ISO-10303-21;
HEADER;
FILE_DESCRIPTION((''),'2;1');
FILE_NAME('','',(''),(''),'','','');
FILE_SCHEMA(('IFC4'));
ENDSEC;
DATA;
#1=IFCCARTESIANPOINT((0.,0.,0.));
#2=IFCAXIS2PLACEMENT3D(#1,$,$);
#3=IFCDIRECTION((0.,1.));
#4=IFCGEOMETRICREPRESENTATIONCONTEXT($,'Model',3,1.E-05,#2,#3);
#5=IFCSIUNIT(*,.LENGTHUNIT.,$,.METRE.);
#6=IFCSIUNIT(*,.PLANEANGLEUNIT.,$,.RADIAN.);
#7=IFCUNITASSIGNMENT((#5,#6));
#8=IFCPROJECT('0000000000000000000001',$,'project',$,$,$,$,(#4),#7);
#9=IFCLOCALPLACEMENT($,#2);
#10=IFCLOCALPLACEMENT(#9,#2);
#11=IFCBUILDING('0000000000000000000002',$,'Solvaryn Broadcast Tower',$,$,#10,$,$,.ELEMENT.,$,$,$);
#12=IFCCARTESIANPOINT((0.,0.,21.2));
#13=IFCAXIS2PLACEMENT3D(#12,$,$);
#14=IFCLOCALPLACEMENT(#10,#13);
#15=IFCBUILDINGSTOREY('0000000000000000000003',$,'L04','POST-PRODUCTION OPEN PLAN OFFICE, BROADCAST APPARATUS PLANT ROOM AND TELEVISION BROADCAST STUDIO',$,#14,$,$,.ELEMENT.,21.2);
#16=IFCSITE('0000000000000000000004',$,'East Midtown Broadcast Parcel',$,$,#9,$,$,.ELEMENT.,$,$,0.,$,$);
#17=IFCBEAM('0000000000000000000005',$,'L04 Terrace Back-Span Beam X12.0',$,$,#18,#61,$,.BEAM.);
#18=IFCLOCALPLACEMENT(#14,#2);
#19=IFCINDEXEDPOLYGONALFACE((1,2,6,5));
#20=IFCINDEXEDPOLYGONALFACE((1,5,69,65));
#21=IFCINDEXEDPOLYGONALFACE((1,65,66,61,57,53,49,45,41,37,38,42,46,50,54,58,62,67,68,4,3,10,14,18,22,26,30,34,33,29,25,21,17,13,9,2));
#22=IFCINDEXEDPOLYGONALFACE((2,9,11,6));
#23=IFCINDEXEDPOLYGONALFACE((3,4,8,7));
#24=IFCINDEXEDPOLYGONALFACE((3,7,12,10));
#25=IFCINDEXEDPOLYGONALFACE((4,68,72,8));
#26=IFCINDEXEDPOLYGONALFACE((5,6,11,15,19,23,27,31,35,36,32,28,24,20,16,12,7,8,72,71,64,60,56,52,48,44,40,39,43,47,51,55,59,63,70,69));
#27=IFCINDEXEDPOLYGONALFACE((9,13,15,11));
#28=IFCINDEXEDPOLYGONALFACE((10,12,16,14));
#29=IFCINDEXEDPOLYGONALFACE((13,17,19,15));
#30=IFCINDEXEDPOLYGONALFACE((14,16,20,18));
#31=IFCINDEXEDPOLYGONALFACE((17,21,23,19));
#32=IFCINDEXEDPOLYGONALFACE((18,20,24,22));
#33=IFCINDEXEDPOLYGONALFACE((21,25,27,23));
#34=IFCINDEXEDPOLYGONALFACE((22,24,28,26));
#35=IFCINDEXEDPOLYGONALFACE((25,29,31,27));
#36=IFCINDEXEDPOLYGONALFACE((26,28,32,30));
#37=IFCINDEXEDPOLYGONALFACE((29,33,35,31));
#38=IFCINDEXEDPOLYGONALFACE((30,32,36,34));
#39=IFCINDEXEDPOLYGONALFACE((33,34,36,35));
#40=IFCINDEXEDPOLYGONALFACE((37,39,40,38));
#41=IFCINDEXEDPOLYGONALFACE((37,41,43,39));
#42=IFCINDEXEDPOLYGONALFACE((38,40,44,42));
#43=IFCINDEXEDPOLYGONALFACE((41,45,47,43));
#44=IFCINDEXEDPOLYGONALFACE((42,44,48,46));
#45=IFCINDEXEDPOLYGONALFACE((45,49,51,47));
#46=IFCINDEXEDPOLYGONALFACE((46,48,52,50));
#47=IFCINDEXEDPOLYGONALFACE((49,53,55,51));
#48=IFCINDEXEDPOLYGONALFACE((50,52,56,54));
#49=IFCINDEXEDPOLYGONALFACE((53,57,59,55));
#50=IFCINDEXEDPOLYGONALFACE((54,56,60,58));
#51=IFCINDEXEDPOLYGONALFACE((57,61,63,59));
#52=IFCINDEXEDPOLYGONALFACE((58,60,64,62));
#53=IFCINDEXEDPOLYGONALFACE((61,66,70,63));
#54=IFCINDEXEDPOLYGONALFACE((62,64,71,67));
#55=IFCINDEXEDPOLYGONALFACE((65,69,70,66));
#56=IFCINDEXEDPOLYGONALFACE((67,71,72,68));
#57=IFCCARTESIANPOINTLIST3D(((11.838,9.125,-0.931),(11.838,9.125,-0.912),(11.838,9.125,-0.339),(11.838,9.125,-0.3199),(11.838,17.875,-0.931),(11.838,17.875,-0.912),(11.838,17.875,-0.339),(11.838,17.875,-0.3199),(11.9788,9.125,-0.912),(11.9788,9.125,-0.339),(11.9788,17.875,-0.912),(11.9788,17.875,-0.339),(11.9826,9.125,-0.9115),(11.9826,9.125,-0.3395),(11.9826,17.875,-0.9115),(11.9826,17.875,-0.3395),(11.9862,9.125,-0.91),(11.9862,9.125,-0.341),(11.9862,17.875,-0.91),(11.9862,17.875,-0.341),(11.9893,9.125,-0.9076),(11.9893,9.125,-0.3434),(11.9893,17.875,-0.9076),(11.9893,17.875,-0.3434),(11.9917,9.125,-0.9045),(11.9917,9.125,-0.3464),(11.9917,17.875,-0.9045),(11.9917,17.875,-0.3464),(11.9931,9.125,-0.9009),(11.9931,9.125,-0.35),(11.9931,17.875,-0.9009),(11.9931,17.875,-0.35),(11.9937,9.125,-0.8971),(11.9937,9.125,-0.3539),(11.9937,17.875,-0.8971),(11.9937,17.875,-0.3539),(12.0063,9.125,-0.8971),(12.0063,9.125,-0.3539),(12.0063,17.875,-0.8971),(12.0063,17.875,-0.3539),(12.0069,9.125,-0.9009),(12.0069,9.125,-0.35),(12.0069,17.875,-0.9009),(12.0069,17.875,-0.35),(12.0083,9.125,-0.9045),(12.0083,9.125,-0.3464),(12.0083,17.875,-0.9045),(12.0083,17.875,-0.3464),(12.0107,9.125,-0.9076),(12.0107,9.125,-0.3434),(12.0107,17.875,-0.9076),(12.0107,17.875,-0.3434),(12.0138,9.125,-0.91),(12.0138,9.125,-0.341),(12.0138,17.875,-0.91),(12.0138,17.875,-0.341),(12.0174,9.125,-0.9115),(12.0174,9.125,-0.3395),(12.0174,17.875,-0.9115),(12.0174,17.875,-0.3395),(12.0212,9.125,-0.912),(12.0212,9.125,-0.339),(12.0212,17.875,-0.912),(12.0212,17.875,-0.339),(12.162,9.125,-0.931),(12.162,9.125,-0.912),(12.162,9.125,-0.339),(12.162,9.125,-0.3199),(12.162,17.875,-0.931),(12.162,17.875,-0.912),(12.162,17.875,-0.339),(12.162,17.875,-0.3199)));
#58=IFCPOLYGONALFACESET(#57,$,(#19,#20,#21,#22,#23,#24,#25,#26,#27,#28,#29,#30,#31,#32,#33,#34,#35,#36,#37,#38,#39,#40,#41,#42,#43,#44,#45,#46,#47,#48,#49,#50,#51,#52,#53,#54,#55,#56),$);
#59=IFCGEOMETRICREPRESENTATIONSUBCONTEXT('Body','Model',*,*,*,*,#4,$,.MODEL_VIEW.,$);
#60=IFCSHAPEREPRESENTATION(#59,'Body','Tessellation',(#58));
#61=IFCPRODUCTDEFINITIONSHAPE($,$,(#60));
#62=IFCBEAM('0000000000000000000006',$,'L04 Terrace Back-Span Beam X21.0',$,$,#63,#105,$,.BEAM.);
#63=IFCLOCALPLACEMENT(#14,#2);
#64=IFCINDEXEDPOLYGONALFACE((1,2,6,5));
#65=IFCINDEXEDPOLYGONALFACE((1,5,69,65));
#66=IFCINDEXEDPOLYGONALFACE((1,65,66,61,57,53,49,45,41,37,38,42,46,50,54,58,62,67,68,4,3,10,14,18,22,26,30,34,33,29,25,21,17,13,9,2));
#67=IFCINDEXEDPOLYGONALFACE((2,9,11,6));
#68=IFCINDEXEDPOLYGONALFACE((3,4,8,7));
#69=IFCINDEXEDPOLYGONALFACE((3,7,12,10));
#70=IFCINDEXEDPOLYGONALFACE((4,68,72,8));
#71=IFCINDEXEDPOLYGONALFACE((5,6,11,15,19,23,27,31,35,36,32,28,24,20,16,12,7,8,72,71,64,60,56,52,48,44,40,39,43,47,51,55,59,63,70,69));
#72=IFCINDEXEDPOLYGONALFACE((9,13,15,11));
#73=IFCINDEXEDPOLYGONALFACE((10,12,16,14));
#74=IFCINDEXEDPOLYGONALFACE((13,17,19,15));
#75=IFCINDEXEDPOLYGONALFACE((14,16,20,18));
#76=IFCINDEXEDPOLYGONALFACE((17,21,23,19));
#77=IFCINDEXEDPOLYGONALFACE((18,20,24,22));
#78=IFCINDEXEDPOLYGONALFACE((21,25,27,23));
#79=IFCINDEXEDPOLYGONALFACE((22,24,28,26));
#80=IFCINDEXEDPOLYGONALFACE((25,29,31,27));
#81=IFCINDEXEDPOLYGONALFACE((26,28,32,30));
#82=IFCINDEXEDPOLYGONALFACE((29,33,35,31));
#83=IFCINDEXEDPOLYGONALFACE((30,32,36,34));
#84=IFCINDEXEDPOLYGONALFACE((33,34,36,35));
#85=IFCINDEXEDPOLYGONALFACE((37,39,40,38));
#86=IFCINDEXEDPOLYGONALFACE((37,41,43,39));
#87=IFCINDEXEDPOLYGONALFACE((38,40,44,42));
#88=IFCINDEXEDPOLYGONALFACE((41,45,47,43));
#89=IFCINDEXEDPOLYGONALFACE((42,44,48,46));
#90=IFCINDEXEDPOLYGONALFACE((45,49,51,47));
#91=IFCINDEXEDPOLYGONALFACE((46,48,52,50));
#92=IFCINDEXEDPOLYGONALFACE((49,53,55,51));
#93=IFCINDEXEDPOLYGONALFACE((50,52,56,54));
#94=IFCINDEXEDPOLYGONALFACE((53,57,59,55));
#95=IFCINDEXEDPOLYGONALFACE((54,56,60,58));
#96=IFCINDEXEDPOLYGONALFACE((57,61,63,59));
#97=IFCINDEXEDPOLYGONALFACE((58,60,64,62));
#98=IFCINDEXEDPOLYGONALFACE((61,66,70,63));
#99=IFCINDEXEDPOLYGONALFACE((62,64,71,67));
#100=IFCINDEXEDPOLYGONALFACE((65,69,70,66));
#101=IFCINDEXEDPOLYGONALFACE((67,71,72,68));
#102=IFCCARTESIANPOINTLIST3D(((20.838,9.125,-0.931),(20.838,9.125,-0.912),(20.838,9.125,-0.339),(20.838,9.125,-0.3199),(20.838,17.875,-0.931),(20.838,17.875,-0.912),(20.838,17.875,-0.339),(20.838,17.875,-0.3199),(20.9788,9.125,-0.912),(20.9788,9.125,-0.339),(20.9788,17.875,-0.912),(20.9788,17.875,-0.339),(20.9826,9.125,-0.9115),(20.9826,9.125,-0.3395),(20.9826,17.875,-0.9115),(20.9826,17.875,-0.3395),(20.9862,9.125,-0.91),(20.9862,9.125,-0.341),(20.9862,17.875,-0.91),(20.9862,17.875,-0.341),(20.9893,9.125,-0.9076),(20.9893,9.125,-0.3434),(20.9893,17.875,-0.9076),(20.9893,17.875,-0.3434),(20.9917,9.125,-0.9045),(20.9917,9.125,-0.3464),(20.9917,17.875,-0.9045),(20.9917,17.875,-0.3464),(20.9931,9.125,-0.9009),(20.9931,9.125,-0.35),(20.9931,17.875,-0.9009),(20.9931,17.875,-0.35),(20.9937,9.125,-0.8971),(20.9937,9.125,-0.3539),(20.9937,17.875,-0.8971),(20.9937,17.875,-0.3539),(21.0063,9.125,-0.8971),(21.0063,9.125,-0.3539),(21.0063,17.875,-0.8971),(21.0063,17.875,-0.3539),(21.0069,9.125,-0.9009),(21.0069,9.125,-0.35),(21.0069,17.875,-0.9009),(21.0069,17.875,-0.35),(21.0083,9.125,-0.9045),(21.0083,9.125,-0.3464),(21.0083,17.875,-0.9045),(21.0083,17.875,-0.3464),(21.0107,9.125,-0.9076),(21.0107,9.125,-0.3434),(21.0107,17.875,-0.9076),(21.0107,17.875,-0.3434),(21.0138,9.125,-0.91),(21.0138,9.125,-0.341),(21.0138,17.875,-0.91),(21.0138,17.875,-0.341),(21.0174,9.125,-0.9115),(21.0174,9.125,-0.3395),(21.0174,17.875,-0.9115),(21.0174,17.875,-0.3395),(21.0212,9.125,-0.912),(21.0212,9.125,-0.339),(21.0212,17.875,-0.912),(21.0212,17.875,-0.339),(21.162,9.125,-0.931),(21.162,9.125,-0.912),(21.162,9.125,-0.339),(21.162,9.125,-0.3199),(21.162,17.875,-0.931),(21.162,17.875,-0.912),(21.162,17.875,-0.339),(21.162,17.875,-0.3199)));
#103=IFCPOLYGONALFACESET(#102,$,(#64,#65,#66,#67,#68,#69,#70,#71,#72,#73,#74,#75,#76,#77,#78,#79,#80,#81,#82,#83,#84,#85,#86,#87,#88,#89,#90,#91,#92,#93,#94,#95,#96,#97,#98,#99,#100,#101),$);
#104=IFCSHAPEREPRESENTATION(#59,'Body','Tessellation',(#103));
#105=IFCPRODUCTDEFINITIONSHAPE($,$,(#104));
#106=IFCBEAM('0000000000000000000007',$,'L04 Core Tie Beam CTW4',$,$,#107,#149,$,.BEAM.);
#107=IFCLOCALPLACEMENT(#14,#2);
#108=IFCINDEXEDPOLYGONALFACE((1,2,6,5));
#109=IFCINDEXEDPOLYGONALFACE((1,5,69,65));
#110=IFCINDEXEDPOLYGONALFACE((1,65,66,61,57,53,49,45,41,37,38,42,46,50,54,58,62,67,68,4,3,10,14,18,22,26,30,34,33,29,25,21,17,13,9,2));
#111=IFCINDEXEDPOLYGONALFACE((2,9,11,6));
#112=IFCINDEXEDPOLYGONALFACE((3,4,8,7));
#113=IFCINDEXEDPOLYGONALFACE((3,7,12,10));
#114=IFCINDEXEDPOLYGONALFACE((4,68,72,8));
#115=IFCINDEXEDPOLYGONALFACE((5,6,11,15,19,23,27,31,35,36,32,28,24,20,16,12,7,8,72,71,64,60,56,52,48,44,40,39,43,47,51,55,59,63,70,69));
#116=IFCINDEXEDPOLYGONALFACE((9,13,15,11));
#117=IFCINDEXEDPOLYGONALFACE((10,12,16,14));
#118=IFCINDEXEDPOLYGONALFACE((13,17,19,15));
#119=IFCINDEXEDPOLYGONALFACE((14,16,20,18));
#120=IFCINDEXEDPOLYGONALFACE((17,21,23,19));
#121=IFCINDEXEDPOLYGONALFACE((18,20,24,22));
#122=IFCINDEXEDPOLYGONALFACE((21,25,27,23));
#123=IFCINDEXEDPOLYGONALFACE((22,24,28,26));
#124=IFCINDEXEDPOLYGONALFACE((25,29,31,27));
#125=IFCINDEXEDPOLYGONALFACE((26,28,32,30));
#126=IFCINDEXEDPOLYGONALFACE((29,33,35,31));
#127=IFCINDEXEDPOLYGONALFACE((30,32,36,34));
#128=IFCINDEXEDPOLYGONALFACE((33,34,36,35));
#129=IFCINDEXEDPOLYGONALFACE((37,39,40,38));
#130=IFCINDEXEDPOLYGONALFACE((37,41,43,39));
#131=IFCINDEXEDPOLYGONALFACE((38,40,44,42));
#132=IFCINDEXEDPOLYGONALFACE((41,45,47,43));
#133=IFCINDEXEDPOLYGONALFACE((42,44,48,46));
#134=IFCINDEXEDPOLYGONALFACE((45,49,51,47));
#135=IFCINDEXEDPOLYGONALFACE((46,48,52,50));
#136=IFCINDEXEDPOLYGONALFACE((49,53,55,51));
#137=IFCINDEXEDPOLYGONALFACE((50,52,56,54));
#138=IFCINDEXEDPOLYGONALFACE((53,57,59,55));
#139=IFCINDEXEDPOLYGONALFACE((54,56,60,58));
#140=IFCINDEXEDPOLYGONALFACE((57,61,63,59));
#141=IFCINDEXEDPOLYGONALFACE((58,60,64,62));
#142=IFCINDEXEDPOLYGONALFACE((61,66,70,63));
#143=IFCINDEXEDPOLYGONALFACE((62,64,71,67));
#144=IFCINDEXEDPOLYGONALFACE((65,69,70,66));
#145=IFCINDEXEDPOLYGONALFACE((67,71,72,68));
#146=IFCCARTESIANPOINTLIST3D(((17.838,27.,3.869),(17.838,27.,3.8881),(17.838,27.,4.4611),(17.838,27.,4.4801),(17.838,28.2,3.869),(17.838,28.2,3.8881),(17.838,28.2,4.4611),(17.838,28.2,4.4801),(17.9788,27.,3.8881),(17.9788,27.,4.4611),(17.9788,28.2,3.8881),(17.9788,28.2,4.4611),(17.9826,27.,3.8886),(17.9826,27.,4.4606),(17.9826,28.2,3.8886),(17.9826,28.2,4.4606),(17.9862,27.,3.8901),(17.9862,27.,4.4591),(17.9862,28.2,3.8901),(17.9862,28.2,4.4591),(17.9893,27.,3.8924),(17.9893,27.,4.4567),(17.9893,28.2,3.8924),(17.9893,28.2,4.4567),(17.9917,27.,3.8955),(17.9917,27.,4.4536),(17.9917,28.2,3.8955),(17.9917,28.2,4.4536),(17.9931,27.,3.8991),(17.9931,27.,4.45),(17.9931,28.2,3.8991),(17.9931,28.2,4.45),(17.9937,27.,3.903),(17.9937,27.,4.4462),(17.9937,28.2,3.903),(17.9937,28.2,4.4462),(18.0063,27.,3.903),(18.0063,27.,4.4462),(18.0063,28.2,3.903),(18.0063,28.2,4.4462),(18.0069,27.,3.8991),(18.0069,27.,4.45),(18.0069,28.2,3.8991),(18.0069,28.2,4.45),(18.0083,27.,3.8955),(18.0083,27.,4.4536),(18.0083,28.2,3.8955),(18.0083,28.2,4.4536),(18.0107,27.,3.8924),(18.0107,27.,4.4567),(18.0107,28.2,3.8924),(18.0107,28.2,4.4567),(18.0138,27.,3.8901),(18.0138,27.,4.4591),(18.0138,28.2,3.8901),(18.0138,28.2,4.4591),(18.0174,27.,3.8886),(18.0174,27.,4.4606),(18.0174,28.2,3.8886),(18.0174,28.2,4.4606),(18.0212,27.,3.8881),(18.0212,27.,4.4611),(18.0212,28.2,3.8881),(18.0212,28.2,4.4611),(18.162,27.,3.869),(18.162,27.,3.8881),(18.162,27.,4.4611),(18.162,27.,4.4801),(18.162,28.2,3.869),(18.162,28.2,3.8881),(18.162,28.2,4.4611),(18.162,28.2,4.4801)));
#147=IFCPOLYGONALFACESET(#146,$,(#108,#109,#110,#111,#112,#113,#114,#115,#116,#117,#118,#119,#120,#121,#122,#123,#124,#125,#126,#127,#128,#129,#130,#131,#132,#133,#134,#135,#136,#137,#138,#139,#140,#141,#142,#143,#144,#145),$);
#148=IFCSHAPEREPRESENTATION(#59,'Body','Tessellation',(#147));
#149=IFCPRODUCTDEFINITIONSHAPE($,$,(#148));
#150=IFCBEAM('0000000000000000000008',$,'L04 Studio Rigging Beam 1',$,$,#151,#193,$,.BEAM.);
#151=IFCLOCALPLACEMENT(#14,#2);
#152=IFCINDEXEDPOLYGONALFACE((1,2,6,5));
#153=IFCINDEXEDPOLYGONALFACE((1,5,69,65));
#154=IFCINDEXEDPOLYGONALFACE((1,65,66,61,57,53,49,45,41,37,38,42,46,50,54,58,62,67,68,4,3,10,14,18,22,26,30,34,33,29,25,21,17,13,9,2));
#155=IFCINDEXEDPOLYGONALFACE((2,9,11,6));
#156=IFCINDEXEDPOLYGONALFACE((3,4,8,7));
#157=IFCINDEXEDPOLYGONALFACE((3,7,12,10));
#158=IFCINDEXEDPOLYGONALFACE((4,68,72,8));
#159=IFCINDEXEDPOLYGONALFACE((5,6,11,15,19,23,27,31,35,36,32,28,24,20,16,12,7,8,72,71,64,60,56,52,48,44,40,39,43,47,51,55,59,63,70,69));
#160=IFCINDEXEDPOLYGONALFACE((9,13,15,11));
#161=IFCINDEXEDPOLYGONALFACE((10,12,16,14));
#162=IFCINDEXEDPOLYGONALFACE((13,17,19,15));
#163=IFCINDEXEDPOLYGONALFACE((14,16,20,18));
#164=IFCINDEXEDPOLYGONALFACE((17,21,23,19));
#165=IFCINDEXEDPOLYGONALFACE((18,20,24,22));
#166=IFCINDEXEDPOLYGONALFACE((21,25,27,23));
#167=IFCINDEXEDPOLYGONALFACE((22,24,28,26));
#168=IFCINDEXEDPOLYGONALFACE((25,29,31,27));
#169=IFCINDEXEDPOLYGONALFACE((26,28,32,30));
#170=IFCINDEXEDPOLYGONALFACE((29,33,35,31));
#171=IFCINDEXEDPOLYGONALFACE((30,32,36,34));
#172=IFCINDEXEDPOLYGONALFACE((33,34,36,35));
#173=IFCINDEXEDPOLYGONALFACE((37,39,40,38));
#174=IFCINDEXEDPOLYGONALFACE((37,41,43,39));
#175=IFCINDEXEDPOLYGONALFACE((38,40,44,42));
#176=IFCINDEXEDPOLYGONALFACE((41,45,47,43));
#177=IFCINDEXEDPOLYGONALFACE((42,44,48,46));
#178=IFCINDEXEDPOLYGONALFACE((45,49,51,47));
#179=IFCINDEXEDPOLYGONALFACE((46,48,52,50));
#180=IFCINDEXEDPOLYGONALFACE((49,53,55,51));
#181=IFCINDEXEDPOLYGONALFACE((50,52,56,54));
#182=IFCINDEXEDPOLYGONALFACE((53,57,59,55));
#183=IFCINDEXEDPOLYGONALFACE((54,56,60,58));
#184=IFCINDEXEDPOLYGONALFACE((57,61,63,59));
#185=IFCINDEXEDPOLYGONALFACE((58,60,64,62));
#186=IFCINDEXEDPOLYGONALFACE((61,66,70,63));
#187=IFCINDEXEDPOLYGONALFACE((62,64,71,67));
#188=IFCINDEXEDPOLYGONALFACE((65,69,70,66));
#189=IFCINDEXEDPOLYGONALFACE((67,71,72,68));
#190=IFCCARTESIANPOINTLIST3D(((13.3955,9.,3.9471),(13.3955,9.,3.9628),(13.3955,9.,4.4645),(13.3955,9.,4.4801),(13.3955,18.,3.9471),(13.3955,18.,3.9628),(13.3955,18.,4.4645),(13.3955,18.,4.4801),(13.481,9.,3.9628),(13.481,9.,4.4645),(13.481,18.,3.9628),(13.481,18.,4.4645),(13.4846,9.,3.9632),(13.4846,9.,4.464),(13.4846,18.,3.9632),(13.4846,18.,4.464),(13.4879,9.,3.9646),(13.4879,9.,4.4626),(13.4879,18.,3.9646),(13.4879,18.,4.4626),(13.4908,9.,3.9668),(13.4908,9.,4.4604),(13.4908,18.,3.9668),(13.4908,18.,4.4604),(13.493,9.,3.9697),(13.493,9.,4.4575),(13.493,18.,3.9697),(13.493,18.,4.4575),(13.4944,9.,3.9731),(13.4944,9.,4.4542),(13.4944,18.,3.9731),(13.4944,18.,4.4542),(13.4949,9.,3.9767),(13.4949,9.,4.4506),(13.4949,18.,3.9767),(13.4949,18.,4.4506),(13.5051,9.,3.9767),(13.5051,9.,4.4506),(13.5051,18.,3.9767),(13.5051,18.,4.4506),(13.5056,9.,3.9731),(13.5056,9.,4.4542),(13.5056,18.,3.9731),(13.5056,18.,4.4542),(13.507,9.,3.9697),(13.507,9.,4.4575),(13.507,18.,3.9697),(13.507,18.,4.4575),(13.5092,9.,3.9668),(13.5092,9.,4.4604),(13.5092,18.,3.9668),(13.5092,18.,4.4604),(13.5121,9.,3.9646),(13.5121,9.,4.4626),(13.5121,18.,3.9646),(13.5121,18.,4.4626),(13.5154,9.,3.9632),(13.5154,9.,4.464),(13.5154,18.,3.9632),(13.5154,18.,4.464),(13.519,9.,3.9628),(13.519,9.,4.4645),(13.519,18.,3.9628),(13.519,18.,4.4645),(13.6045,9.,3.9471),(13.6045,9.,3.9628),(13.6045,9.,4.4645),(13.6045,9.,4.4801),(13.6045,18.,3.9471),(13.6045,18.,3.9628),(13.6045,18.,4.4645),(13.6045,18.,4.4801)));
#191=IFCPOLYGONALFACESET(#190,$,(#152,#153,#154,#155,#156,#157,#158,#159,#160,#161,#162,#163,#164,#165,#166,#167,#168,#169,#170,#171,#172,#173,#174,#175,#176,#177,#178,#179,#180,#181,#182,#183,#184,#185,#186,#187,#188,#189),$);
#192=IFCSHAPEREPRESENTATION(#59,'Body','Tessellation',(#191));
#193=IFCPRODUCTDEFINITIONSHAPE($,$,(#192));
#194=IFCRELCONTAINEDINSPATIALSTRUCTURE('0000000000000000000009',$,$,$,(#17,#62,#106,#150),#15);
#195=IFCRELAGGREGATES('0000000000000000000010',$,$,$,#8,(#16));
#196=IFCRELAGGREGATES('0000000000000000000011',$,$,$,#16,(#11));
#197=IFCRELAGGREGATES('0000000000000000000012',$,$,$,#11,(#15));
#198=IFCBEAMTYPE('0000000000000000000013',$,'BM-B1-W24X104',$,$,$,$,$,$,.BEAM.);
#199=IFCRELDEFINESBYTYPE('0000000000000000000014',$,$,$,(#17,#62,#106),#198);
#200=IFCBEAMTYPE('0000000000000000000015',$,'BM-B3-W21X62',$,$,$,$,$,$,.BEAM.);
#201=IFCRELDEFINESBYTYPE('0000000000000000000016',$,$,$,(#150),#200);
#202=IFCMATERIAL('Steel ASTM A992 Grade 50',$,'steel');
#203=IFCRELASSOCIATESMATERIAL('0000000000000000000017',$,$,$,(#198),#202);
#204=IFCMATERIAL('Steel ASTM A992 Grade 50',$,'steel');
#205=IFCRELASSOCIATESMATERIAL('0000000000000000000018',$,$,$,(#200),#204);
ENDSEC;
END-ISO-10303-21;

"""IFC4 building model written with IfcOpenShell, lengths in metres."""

from ifc_helpers import new_model, si_unit, direction, frame, origin, origin_2d, place, context, subcontext, project, spatial, i_section, extrude, material, material_profile, profile_set, type_object, element, save


model = new_model("IFC4")

# Units and contexts
model_context = context("Model", 3, precision=1e-05, world=origin(), true_north=direction((0.0, 1.0)))
body_context = subcontext(model_context, "Body", "Model", "MODEL_VIEW")
ifc_project = project(units=[si_unit("LENGTHUNIT", "METRE"), si_unit("PLANEANGLEUNIT", "RADIAN")], contexts=[model_context])

# Site, building, storey
site_placement = place(None, origin())
site = spatial("IfcSite", under=ifc_project, at=site_placement, Name="East Midtown Broadcast Parcel", CompositionType="ELEMENT", RefElevation=0.0)
building_placement = place(site_placement, origin())
building = spatial("IfcBuilding", under=site, at=building_placement, Name="Solvaryn Broadcast Tower", CompositionType="ELEMENT")
storey_placement = place(building_placement, frame((0.0, 0.0, 21.2)))
storey = spatial("IfcBuildingStorey", under=building, at=storey_placement, Name="L04", Description="POST-PRODUCTION OPEN PLAN OFFICE, BROADCAST APPARATUS PLANT ROOM AND TELEVISION BROADCAST STUDIO", CompositionType="ELEMENT", Elevation=21.2)

# Beams
ifc_material_1 = material(Name="Steel ASTM A992 Grade 50", Category="steel")
ifc_material_profile_1 = material_profile(ifc_material_1, i_section(OverallWidth=0.324, OverallDepth=0.6111, WebThickness=0.0127, FlangeThickness=0.019, FilletRadius=0.0149, at=origin_2d()))
ifc_profile_set_1 = profile_set([ifc_material_profile_1], Name="Steel ASTM A992 Grade 50")
beam_type_1 = type_object("IfcBeamType", Name="BM-B1-W24X104", PredefinedType="BEAM", material=ifc_profile_set_1)
for number, where, z_axis, x_axis, name in (
    (1, (12.0, 17.875, -0.6255), (0.0, -1.0, 0.0), (1.0, 0.0, 0.0), "L04 Terrace Back-Span Beam X12.0"),
    (2, (21.0, 17.875, -0.6255), (0.0, -1.0, 0.0), (1.0, 0.0, 0.0), "L04 Terrace Back-Span Beam X21.0"),
):
    element("IfcBeam", number, at=place(storey_placement, frame(where, z_axis=z_axis, x_axis=x_axis)), inside=storey, type_object=beam_type_1, Name=name, PredefinedType="BEAM", context=body_context, shape_type="SweptSolid", body=[
        extrude(i_section(OverallWidth=0.324, OverallDepth=0.6111, WebThickness=0.0127, FlangeThickness=0.019, FilletRadius=0.0149, at=origin_2d()), origin(), (0.0, 0.0, 1.0), 8.75),
    ])
beam_1_placement = place(storey_placement, frame((18.0, 27.0, 4.1746), z_axis=(0.0, 1.0, 0.0), x_axis=(-1.0, 0.0, 0.0)))
element("IfcBeam", 3, at=beam_1_placement, inside=storey, type_object=beam_type_1, Name="L04 Core Tie Beam CTW4", PredefinedType="BEAM", context=body_context, shape_type="SweptSolid", body=[
    extrude(i_section(OverallWidth=0.324, OverallDepth=0.6111, WebThickness=0.0127, FlangeThickness=0.019, FilletRadius=0.0149, at=origin_2d()), origin(), (0.0, 0.0, 1.0), 1.2),
])
ifc_material_2 = material(Name="Steel ASTM A992 Grade 50", Category="steel")
ifc_material_profile_2 = material_profile(ifc_material_2, i_section(OverallWidth=0.209, OverallDepth=0.533, WebThickness=0.0103, FlangeThickness=0.0156, FilletRadius=0.0139, at=origin_2d()))
ifc_profile_set_2 = profile_set([ifc_material_profile_2], Name="Steel ASTM A992 Grade 50")
beam_type_2 = type_object("IfcBeamType", Name="BM-B3-W21X62", PredefinedType="BEAM", material=ifc_profile_set_2)
for number, where, z_axis, x_axis, name in (
    (4, (13.5, 9.0, 4.2136), (0.0, 1.0, 0.0), (-1.0, 0.0, 0.0), "L04 Studio Rigging Beam 1"),
):
    element("IfcBeam", number, at=place(storey_placement, frame(where, z_axis=z_axis, x_axis=x_axis)), inside=storey, type_object=beam_type_2, Name=name, PredefinedType="BEAM", context=body_context, shape_type="SweptSolid", body=[
        extrude(i_section(OverallWidth=0.209, OverallDepth=0.533, WebThickness=0.0103, FlangeThickness=0.0156, FilletRadius=0.0139, at=origin_2d()), origin(), (0.0, 0.0, 1.0), 9.0),
    ])

save(model, "model.ifc")
